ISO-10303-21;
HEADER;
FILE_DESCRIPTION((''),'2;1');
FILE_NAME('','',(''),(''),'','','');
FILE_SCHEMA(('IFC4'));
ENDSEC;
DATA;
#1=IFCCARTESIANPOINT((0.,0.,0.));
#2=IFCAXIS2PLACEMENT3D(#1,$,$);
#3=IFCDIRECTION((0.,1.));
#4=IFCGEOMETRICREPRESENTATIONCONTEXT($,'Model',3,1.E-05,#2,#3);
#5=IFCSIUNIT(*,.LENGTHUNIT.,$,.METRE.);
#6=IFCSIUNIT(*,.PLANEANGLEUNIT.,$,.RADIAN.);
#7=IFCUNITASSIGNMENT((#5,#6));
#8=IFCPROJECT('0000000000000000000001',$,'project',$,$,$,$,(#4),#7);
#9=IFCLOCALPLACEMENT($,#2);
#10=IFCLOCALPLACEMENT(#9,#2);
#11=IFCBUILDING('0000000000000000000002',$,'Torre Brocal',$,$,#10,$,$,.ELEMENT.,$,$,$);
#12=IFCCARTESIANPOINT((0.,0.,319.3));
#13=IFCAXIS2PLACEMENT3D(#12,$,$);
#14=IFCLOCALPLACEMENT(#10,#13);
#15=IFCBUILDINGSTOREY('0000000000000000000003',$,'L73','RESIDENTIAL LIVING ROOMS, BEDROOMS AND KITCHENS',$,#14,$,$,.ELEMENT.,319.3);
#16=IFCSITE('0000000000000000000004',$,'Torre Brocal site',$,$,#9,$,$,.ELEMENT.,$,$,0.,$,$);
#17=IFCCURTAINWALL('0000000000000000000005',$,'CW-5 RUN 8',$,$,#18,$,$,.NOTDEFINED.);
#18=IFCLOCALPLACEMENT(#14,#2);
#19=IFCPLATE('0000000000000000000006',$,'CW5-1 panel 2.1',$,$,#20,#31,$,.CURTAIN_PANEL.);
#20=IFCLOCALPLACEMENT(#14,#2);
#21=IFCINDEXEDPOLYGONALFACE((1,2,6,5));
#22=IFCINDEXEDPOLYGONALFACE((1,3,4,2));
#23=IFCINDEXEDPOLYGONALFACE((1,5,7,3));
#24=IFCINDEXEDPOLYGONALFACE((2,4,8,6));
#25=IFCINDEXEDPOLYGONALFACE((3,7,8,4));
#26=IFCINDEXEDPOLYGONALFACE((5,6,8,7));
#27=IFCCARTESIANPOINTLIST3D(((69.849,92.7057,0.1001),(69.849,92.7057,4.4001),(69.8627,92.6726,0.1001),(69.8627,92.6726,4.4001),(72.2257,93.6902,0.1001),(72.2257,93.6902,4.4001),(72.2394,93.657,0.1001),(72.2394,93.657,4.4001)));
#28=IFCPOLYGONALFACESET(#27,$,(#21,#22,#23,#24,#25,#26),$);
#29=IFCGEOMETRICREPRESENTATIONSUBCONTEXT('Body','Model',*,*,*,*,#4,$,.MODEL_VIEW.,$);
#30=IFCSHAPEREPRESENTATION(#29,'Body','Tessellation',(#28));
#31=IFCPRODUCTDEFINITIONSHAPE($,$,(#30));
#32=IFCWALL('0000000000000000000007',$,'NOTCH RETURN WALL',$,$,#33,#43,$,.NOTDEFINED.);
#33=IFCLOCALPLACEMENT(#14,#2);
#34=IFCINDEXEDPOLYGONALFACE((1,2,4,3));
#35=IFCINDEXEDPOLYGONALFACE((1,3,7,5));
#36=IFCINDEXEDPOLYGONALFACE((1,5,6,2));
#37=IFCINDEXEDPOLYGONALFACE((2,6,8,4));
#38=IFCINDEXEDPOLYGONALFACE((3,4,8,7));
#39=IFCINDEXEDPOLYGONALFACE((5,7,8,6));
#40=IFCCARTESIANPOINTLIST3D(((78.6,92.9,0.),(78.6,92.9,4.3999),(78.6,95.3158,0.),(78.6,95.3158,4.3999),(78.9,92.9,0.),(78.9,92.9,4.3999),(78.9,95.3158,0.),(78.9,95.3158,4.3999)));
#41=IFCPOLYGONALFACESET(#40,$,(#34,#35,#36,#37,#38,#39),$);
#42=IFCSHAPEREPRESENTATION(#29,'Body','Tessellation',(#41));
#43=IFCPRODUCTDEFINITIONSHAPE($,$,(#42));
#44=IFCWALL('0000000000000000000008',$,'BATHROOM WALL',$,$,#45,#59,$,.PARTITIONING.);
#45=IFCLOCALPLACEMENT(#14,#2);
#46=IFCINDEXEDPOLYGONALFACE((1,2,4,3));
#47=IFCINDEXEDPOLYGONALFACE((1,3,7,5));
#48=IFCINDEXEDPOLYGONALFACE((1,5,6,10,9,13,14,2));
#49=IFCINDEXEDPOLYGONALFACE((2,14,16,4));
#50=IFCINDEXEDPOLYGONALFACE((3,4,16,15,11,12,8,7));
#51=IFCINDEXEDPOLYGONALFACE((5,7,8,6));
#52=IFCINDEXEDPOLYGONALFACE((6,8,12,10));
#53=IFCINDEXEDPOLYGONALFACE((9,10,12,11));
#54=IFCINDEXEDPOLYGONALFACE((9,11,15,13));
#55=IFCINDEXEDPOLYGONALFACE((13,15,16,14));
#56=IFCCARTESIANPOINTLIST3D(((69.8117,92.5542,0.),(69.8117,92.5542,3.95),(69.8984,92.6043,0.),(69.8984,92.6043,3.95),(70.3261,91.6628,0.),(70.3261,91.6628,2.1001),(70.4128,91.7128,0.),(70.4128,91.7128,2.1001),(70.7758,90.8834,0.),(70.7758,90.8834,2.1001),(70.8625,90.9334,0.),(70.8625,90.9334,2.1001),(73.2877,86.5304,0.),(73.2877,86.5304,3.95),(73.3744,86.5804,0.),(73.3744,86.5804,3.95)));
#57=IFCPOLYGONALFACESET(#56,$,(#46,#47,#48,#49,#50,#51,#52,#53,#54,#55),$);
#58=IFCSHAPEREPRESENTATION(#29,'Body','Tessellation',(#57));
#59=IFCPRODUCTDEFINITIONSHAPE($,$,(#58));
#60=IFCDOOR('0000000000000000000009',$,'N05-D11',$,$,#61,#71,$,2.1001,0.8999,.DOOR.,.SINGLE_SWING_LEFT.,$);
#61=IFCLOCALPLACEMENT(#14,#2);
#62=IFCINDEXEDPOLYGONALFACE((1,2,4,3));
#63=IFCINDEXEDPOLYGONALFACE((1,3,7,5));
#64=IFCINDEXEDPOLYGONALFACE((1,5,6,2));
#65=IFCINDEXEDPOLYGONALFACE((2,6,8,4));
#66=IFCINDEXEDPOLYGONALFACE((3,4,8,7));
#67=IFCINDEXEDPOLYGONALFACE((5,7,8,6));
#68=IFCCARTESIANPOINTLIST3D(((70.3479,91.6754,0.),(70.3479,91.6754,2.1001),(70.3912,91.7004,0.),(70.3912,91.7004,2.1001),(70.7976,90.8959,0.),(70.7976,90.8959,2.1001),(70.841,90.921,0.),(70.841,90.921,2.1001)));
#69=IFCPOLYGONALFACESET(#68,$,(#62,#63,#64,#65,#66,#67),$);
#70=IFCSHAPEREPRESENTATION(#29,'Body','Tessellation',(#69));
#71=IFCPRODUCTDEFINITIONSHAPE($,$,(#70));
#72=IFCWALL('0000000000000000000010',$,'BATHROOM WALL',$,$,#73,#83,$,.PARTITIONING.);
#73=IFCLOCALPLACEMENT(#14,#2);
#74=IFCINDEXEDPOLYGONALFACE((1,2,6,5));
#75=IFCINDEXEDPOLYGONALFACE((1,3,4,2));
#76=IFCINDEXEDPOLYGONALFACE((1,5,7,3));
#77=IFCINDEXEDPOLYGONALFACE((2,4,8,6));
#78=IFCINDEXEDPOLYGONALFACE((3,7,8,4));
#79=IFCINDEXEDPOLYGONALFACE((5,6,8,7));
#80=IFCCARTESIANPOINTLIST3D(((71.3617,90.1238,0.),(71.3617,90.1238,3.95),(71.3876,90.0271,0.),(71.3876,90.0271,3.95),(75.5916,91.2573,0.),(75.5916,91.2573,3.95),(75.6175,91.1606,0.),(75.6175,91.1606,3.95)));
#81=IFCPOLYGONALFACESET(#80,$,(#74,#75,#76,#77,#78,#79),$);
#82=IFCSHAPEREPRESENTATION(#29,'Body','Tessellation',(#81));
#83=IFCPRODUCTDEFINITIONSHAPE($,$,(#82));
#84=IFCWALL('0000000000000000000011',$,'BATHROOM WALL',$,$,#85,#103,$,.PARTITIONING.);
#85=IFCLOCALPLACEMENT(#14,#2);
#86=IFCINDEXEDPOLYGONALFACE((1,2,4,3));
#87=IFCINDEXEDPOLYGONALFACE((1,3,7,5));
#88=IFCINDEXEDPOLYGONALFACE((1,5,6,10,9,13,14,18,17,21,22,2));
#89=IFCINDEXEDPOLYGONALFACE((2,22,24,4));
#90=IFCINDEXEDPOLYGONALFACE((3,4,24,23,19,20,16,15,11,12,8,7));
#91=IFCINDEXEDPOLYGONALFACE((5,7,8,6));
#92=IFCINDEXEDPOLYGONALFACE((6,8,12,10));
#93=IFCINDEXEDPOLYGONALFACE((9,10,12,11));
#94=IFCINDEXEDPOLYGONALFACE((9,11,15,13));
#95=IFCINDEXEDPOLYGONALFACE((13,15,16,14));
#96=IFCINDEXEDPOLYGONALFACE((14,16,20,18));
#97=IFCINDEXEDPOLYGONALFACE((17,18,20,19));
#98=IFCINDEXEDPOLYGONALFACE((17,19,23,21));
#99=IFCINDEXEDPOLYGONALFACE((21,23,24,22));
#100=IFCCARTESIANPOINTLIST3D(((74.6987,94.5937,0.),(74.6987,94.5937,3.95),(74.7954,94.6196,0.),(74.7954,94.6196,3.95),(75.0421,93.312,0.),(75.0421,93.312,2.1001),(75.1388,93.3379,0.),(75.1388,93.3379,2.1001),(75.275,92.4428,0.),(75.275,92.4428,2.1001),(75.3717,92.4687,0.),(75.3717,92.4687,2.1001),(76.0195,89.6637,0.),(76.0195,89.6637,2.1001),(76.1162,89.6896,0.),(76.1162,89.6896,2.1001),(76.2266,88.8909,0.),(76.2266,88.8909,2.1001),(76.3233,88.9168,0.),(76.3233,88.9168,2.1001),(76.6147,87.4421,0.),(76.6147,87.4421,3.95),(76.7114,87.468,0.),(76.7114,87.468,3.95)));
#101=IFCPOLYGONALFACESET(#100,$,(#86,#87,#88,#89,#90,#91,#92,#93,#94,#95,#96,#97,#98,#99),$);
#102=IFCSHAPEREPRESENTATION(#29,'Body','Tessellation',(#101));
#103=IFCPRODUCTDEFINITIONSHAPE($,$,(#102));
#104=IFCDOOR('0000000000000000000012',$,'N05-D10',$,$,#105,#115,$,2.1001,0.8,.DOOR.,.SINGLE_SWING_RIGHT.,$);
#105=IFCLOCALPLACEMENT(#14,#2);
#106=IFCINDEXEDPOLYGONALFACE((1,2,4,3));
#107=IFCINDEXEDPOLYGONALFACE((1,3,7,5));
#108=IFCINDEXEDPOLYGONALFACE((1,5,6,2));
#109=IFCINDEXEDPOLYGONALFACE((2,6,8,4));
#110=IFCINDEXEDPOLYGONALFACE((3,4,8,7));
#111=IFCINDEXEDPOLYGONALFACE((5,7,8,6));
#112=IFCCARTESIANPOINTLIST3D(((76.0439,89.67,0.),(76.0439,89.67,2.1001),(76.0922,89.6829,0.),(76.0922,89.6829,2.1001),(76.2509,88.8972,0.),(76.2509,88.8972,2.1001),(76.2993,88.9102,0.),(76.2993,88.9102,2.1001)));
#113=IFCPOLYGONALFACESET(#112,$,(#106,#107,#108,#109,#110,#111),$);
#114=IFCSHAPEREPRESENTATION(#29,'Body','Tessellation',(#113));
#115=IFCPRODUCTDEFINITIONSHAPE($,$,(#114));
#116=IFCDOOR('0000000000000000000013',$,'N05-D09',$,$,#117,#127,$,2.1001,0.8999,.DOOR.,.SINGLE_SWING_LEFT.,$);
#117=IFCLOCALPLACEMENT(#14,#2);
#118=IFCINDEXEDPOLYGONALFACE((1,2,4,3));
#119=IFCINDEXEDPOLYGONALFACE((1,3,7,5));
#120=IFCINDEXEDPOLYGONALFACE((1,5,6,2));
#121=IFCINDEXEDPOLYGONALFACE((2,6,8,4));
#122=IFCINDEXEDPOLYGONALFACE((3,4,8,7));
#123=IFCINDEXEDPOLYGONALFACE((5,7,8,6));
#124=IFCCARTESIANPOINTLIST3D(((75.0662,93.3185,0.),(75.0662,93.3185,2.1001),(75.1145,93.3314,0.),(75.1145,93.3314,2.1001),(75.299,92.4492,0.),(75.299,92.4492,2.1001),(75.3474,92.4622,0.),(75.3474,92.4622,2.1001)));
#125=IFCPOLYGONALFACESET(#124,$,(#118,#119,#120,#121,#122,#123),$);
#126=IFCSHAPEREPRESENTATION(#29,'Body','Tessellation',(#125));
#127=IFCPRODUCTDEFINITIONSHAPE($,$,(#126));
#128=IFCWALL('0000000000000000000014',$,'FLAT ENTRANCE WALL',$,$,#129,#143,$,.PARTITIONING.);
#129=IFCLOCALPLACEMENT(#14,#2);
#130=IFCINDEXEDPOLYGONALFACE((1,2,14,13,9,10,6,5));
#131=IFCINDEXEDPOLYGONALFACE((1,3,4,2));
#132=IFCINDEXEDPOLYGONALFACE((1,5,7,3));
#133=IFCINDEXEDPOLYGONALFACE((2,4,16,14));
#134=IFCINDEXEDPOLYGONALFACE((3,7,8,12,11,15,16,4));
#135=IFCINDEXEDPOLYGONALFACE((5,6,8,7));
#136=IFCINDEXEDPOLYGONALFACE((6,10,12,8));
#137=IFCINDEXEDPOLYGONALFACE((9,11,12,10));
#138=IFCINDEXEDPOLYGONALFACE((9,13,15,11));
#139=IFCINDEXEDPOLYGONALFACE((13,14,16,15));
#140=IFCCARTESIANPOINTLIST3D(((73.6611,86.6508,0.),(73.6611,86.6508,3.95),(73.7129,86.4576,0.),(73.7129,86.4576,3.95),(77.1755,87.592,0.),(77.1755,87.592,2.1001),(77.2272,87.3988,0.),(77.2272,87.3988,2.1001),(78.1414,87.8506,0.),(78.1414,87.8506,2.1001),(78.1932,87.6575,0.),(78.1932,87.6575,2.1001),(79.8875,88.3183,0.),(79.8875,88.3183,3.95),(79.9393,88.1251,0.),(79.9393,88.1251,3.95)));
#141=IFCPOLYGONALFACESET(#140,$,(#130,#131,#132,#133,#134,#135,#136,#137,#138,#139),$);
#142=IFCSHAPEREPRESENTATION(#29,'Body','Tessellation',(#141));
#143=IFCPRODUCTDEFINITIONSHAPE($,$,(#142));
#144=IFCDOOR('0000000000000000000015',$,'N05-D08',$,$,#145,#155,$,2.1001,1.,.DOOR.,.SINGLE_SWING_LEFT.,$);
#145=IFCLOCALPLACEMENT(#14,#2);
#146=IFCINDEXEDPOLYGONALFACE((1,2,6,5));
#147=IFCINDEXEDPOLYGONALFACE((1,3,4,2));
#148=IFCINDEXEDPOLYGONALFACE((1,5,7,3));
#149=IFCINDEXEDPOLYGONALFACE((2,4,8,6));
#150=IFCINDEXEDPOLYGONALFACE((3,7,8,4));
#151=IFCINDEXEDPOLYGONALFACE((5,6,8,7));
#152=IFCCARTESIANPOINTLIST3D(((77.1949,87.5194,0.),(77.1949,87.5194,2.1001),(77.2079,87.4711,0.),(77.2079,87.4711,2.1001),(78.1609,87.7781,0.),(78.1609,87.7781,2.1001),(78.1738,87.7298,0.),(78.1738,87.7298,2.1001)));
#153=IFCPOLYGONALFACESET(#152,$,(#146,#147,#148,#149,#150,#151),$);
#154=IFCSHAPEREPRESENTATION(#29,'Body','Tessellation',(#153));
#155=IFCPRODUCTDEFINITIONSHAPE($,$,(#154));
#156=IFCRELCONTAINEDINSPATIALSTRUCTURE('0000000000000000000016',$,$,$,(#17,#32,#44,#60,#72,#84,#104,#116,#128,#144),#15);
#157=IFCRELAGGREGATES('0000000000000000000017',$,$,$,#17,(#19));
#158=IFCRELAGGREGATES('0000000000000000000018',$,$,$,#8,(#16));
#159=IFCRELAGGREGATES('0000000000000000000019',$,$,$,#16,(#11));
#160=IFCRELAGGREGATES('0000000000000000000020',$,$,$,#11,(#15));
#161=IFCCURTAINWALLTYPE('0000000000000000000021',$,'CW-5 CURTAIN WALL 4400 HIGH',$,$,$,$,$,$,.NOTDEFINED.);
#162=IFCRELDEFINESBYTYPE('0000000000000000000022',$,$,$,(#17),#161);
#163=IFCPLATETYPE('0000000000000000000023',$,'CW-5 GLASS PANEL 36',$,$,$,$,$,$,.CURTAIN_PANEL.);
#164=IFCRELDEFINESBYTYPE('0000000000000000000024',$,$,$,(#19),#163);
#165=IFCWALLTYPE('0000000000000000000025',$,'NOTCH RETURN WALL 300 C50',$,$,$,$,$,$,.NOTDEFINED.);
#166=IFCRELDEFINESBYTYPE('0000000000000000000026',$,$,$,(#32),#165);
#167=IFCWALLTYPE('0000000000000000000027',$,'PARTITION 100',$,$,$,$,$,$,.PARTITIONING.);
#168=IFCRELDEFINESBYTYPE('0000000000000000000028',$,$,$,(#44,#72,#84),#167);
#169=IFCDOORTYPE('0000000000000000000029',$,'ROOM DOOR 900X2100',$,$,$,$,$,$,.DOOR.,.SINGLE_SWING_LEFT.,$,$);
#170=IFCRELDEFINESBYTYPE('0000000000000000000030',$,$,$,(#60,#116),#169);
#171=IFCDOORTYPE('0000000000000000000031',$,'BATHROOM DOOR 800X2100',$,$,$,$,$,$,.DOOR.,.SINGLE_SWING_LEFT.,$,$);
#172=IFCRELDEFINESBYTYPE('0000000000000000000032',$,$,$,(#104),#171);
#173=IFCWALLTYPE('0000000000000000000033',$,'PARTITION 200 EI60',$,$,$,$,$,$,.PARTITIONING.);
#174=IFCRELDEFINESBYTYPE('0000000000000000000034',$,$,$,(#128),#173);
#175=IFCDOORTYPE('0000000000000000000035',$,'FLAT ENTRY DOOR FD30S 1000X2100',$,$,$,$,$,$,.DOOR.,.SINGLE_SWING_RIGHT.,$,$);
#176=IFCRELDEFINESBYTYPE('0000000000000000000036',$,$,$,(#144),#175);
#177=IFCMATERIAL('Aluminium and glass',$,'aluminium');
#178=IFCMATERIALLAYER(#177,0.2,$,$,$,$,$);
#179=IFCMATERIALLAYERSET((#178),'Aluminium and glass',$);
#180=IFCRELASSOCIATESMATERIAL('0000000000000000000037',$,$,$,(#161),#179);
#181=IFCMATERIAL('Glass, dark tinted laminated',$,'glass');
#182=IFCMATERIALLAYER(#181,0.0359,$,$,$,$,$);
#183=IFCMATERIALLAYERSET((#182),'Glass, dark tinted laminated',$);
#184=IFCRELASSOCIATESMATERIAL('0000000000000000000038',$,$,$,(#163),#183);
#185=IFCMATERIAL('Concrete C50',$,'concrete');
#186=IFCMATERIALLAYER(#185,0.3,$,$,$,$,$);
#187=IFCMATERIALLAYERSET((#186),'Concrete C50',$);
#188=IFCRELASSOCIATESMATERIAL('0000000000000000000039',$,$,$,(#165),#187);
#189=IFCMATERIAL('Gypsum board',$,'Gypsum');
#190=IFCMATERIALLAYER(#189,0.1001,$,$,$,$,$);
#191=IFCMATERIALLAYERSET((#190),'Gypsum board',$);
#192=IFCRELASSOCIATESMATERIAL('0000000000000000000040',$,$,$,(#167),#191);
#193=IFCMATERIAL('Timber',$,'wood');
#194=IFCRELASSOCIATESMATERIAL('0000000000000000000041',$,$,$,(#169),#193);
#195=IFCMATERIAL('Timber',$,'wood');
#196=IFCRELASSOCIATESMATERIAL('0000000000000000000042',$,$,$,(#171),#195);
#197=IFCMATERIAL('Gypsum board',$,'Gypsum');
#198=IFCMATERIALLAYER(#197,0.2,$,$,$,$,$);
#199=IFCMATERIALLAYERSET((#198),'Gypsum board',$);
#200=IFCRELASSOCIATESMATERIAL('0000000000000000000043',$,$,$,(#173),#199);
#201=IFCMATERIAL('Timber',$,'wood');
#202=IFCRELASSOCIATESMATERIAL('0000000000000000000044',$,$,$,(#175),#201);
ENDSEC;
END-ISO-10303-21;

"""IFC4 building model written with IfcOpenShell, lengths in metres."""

from ifc_helpers import new_model, si_unit, direction, frame, frame_2d, origin, origin_2d, place, context, subcontext, project, spatial, rectangle, extrude, material, layer, layer_set, type_object, element, fill, aggregate, save


model = new_model("IFC4")

# Units and contexts
model_context = context("Model", 3, precision=1e-05, world=origin(), true_north=direction((0.0, 1.0)))
body_context = subcontext(model_context, "Body", "Model", "MODEL_VIEW")
ifc_project = project(units=[si_unit("LENGTHUNIT", "METRE"), si_unit("PLANEANGLEUNIT", "RADIAN")], contexts=[model_context])

# Site, building, storey
site_placement = place(None, origin())
site = spatial("IfcSite", under=ifc_project, at=site_placement, Name="Torre Brocal site", CompositionType="ELEMENT", RefElevation=0.0)
building_placement = place(site_placement, origin())
building = spatial("IfcBuilding", under=site, at=building_placement, Name="Torre Brocal", CompositionType="ELEMENT")
storey_placement = place(building_placement, frame((0.0, 0.0, 319.3)))
storey = spatial("IfcBuildingStorey", under=building, at=storey_placement, Name="L73", Description="RESIDENTIAL LIVING ROOMS, BEDROOMS AND KITCHENS", CompositionType="ELEMENT", Elevation=319.3)

# Curtain wall
ifc_material_1 = material(Name="Aluminium and glass", Category="aluminium")
ifc_layer_1 = layer(ifc_material_1, 0.2)
ifc_layer_set_1 = layer_set([ifc_layer_1], Name="Aluminium and glass")
curtain_wall_type = type_object("IfcCurtainWallType", Name="CW-5 CURTAIN WALL 4400 HIGH", PredefinedType="NOTDEFINED", material=ifc_layer_set_1)
curtain_wall_1_placement = place(storey_placement, origin())
curtain_wall_1 = element("IfcCurtainWall", 1, at=curtain_wall_1_placement, inside=storey, type_object=curtain_wall_type, Name="CW-5 RUN 8", PredefinedType="NOTDEFINED")

# Plate
ifc_material_2 = material(Name="Glass, dark tinted laminated", Category="glass")
ifc_layer_2 = layer(ifc_material_2, 0.0359)
ifc_layer_set_2 = layer_set([ifc_layer_2], Name="Glass, dark tinted laminated")
plate_type = type_object("IfcPlateType", Name="CW-5 GLASS PANEL 36", PredefinedType="CURTAIN_PANEL", material=ifc_layer_set_2)
plate_1_placement = place(storey_placement, frame((71.0442, 93.1814, 0.1001), z_axis=(0.0, 0.0, 1.0), x_axis=(-0.92388, -0.382683, 0.0)))
plate_1 = element("IfcPlate", 2, at=plate_1_placement, type_object=plate_type, Name="CW5-1 panel 2.1", PredefinedType="CURTAIN_PANEL", context=body_context, shape_type="SweptSolid", body=[
    extrude(rectangle(XDim=2.5725, YDim=0.0359, at=origin_2d()), origin(), (0.0, 0.0, 1.0), 4.3),
])
aggregate(curtain_wall_1, [plate_1])

# Wall
ifc_material_3 = material(Name="Concrete C50", Category="concrete")
ifc_layer_3 = layer(ifc_material_3, 0.3)
ifc_layer_set_3 = layer_set([ifc_layer_3], Name="Concrete C50")
wall_type_1 = type_object("IfcWallType", Name="NOTCH RETURN WALL 300 C50", PredefinedType="NOTDEFINED", material=ifc_layer_set_3)
wall_1_placement = place(storey_placement, frame((78.75, 92.8999, 0.0), z_axis=(0.0, 0.0, 1.0), x_axis=(0.0, 1.0, 0.0)))
element("IfcWall", 3, at=wall_1_placement, inside=storey, type_object=wall_type_1, Name="NOTCH RETURN WALL", PredefinedType="NOTDEFINED", context=body_context, shape_type="SweptSolid", body=[
    extrude(rectangle(XDim=2.4158, YDim=0.3, at=frame_2d((1.208, 0.0))), origin(), (0.0, 0.0, 1.0), 4.3999),
])

# Wall, opening, door
ifc_material_4 = material(Name="Gypsum board", Category="Gypsum")
ifc_layer_4 = layer(ifc_material_4, 0.1001)
ifc_layer_set_4 = layer_set([ifc_layer_4], Name="Gypsum board")
wall_type_2 = type_object("IfcWallType", Name="PARTITION 100", PredefinedType="PARTITIONING", material=ifc_layer_set_4)
wall_2_placement = place(storey_placement, frame((69.855, 92.5793, 0.0), z_axis=(0.0, 0.0, 1.0), x_axis=(0.499801, -0.86614, 0.0)))
wall_2 = element("IfcWall", 4, at=wall_2_placement, inside=storey, type_object=wall_type_2, Name="BATHROOM WALL", PredefinedType="PARTITIONING", context=body_context, shape_type="SweptSolid", body=[
    extrude(rectangle(XDim=6.9548, YDim=0.1001, at=frame_2d((3.4775, 0.0))), origin(), (0.0, 0.0, 1.0), 3.95),
])
opening_1_placement = place(wall_2_placement, frame((1.0293, 0.0, 0.0)))
opening_1 = element("IfcOpeningElement", 5, at=opening_1_placement, cuts=wall_2, PredefinedType="OPENING", context=body_context, shape_type="SweptSolid", body=[
    extrude(rectangle(XDim=0.8999, YDim=2.1001, at=frame_2d((0.45, 1.05))), frame((0.0, 0.0601, 0.0), z_axis=(0.0, -1.0, 0.0), x_axis=(1.0, 0.0, 0.0)), (0.0, 0.0, 1.0), 0.1201),
])
ifc_material_5 = material(Name="Timber", Category="wood")
door_type_1 = type_object("IfcDoorType", Name="ROOM DOOR 900X2100", OperationType="SINGLE_SWING_LEFT", PredefinedType="DOOR", material=ifc_material_5)
door_1_placement = place(opening_1_placement, frame((0.8999, 0.0, 0.0), z_axis=(0.0, 0.0, 1.0), x_axis=(-1.0, 0.0, 0.0)))
door_1 = element("IfcDoor", 6, at=door_1_placement, inside=storey, type_object=door_type_1, Name="N05-D11", OperationType="SINGLE_SWING_LEFT", OverallHeight=2.1001, OverallWidth=0.8999, PredefinedType="DOOR", context=body_context, shape_type="SweptSolid", body=[
    extrude(rectangle(XDim=0.8999, YDim=2.1001, at=frame_2d((0.45, 1.05))), frame((0.0, 0.0249, 0.0), z_axis=(0.0, -1.0, 0.0), x_axis=(1.0, 0.0, 0.0)), (0.0, 0.0, 1.0), 0.05),
])
fill(opening_1, door_1)

# Wall
wall_3_placement = place(storey_placement, frame((71.3748, 90.0754, 0.0), z_axis=(0.0, 0.0, 1.0), x_axis=(0.965919, 0.258846, 0.0)))
element("IfcWall", 7, at=wall_3_placement, inside=storey, type_object=wall_type_2, Name="BATHROOM WALL", PredefinedType="PARTITIONING", context=body_context, shape_type="SweptSolid", body=[
    extrude(rectangle(XDim=4.3792, YDim=0.1001, at=frame_2d((2.1895, 0.0))), origin(), (0.0, 0.0, 1.0), 3.95),
])

# Wall, openings, doors
wall_4_placement = place(storey_placement, frame((74.7471, 94.6067, 0.0), z_axis=(0.0, 0.0, 1.0), x_axis=(0.258787, -0.965934, 0.0)))
wall_4 = element("IfcWall", 8, at=wall_4_placement, inside=storey, type_object=wall_type_2, Name="BATHROOM WALL", PredefinedType="PARTITIONING", context=body_context, shape_type="SweptSolid", body=[
    extrude(rectangle(XDim=7.4038, YDim=0.1001, at=frame_2d((3.7019, 0.0))), origin(), (0.0, 0.0, 1.0), 3.95),
])
opening_2_placement = place(wall_4_placement, frame((1.3269, 0.0, 0.0)))
opening_2 = element("IfcOpeningElement", 9, at=opening_2_placement, cuts=wall_4, PredefinedType="OPENING", context=body_context, shape_type="SweptSolid", body=[
    extrude(rectangle(XDim=0.8999, YDim=2.1001, at=frame_2d((0.45, 1.05))), frame((0.0, 0.0601, 0.0), z_axis=(0.0, -1.0, 0.0), x_axis=(1.0, 0.0, 0.0)), (0.0, 0.0, 1.0), 0.1201),
])
opening_3_placement = place(wall_4_placement, frame((5.104, 0.0, 0.0)))
opening_3 = element("IfcOpeningElement", 10, at=opening_3_placement, cuts=wall_4, PredefinedType="OPENING", context=body_context, shape_type="SweptSolid", body=[
    extrude(rectangle(XDim=0.8, YDim=2.1001, at=frame_2d((0.3999, 1.05))), frame((0.0, 0.0601, 0.0), z_axis=(0.0, -1.0, 0.0), x_axis=(1.0, 0.0, 0.0)), (0.0, 0.0, 1.0), 0.1201),
])
ifc_material_6 = material(Name="Timber", Category="wood")
door_type_2 = type_object("IfcDoorType", Name="BATHROOM DOOR 800X2100", OperationType="SINGLE_SWING_LEFT", PredefinedType="DOOR", material=ifc_material_6)
door_2_placement = place(opening_3_placement, frame((0.8, 0.0, 0.0), z_axis=(0.0, 0.0, 1.0), x_axis=(-1.0, 0.0, 0.0)))
door_2 = element("IfcDoor", 11, at=door_2_placement, inside=storey, type_object=door_type_2, Name="N05-D10", OperationType="SINGLE_SWING_RIGHT", OverallHeight=2.1001, OverallWidth=0.8, PredefinedType="DOOR", context=body_context, shape_type="SweptSolid", body=[
    extrude(rectangle(XDim=0.8, YDim=2.1001, at=frame_2d((0.3999, 1.05))), frame((0.0, 0.0249, 0.0), z_axis=(0.0, -1.0, 0.0), x_axis=(1.0, 0.0, 0.0)), (0.0, 0.0, 1.0), 0.05),
])
fill(opening_3, door_2)
door_3_placement = place(opening_2_placement, origin())
door_3 = element("IfcDoor", 12, at=door_3_placement, inside=storey, type_object=door_type_1, Name="N05-D09", OperationType="SINGLE_SWING_LEFT", OverallHeight=2.1001, OverallWidth=0.8999, PredefinedType="DOOR", context=body_context, shape_type="SweptSolid", body=[
    extrude(rectangle(XDim=0.8999, YDim=2.1001, at=frame_2d((0.45, 1.05))), frame((0.0, 0.0249, 0.0), z_axis=(0.0, -1.0, 0.0), x_axis=(1.0, 0.0, 0.0)), (0.0, 0.0, 1.0), 0.05),
])
fill(opening_2, door_3)

# Wall, opening, door
ifc_material_7 = material(Name="Gypsum board", Category="Gypsum")
ifc_layer_5 = layer(ifc_material_7, 0.2)
ifc_layer_set_5 = layer_set([ifc_layer_5], Name="Gypsum board")
wall_type_3 = type_object("IfcWallType", Name="PARTITION 200 EI60", PredefinedType="PARTITIONING", material=ifc_layer_set_5)
wall_5_placement = place(storey_placement, frame((73.687, 86.5542, 0.0), z_axis=(0.0, 0.0, 1.0), x_axis=(0.965959, 0.258695, 0.0)))
wall_5 = element("IfcWall", 13, at=wall_5_placement, inside=storey, type_object=wall_type_3, Name="FLAT ENTRANCE WALL", PredefinedType="PARTITIONING", context=body_context, shape_type="SweptSolid", body=[
    extrude(rectangle(XDim=6.4458, YDim=0.2, at=frame_2d((3.2229, 0.0))), origin(), (0.0, 0.0, 1.0), 3.95),
])
opening_4_placement = place(wall_5_placement, frame((3.6382, 0.0, 0.0)))
opening_4 = element("IfcOpeningElement", 14, at=opening_4_placement, cuts=wall_5, PredefinedType="OPENING", context=body_context, shape_type="SweptSolid", body=[
    extrude(rectangle(XDim=1.0, YDim=2.1001, at=frame_2d((0.5, 1.05))), frame((0.0, 0.1099, 0.0), z_axis=(0.0, -1.0, 0.0), x_axis=(1.0, 0.0, 0.0)), (0.0, 0.0, 1.0), 0.22),
])
ifc_material_8 = material(Name="Timber", Category="wood")
door_type_3 = type_object("IfcDoorType", Name="FLAT ENTRY DOOR FD30S 1000X2100", OperationType="SINGLE_SWING_RIGHT", PredefinedType="DOOR", material=ifc_material_8)
door_4_placement = place(opening_4_placement, origin())
door_4 = element("IfcDoor", 15, at=door_4_placement, inside=storey, type_object=door_type_3, Name="N05-D08", OperationType="SINGLE_SWING_LEFT", OverallHeight=2.1001, OverallWidth=1.0, PredefinedType="DOOR", context=body_context, shape_type="SweptSolid", body=[
    extrude(rectangle(XDim=1.0, YDim=2.1001, at=frame_2d((0.5, 1.05))), frame((0.0, 0.0249, 0.0), z_axis=(0.0, -1.0, 0.0), x_axis=(1.0, 0.0, 0.0)), (0.0, 0.0, 1.0), 0.05),
])
fill(opening_4, door_4)

save(model, "model.ifc")
